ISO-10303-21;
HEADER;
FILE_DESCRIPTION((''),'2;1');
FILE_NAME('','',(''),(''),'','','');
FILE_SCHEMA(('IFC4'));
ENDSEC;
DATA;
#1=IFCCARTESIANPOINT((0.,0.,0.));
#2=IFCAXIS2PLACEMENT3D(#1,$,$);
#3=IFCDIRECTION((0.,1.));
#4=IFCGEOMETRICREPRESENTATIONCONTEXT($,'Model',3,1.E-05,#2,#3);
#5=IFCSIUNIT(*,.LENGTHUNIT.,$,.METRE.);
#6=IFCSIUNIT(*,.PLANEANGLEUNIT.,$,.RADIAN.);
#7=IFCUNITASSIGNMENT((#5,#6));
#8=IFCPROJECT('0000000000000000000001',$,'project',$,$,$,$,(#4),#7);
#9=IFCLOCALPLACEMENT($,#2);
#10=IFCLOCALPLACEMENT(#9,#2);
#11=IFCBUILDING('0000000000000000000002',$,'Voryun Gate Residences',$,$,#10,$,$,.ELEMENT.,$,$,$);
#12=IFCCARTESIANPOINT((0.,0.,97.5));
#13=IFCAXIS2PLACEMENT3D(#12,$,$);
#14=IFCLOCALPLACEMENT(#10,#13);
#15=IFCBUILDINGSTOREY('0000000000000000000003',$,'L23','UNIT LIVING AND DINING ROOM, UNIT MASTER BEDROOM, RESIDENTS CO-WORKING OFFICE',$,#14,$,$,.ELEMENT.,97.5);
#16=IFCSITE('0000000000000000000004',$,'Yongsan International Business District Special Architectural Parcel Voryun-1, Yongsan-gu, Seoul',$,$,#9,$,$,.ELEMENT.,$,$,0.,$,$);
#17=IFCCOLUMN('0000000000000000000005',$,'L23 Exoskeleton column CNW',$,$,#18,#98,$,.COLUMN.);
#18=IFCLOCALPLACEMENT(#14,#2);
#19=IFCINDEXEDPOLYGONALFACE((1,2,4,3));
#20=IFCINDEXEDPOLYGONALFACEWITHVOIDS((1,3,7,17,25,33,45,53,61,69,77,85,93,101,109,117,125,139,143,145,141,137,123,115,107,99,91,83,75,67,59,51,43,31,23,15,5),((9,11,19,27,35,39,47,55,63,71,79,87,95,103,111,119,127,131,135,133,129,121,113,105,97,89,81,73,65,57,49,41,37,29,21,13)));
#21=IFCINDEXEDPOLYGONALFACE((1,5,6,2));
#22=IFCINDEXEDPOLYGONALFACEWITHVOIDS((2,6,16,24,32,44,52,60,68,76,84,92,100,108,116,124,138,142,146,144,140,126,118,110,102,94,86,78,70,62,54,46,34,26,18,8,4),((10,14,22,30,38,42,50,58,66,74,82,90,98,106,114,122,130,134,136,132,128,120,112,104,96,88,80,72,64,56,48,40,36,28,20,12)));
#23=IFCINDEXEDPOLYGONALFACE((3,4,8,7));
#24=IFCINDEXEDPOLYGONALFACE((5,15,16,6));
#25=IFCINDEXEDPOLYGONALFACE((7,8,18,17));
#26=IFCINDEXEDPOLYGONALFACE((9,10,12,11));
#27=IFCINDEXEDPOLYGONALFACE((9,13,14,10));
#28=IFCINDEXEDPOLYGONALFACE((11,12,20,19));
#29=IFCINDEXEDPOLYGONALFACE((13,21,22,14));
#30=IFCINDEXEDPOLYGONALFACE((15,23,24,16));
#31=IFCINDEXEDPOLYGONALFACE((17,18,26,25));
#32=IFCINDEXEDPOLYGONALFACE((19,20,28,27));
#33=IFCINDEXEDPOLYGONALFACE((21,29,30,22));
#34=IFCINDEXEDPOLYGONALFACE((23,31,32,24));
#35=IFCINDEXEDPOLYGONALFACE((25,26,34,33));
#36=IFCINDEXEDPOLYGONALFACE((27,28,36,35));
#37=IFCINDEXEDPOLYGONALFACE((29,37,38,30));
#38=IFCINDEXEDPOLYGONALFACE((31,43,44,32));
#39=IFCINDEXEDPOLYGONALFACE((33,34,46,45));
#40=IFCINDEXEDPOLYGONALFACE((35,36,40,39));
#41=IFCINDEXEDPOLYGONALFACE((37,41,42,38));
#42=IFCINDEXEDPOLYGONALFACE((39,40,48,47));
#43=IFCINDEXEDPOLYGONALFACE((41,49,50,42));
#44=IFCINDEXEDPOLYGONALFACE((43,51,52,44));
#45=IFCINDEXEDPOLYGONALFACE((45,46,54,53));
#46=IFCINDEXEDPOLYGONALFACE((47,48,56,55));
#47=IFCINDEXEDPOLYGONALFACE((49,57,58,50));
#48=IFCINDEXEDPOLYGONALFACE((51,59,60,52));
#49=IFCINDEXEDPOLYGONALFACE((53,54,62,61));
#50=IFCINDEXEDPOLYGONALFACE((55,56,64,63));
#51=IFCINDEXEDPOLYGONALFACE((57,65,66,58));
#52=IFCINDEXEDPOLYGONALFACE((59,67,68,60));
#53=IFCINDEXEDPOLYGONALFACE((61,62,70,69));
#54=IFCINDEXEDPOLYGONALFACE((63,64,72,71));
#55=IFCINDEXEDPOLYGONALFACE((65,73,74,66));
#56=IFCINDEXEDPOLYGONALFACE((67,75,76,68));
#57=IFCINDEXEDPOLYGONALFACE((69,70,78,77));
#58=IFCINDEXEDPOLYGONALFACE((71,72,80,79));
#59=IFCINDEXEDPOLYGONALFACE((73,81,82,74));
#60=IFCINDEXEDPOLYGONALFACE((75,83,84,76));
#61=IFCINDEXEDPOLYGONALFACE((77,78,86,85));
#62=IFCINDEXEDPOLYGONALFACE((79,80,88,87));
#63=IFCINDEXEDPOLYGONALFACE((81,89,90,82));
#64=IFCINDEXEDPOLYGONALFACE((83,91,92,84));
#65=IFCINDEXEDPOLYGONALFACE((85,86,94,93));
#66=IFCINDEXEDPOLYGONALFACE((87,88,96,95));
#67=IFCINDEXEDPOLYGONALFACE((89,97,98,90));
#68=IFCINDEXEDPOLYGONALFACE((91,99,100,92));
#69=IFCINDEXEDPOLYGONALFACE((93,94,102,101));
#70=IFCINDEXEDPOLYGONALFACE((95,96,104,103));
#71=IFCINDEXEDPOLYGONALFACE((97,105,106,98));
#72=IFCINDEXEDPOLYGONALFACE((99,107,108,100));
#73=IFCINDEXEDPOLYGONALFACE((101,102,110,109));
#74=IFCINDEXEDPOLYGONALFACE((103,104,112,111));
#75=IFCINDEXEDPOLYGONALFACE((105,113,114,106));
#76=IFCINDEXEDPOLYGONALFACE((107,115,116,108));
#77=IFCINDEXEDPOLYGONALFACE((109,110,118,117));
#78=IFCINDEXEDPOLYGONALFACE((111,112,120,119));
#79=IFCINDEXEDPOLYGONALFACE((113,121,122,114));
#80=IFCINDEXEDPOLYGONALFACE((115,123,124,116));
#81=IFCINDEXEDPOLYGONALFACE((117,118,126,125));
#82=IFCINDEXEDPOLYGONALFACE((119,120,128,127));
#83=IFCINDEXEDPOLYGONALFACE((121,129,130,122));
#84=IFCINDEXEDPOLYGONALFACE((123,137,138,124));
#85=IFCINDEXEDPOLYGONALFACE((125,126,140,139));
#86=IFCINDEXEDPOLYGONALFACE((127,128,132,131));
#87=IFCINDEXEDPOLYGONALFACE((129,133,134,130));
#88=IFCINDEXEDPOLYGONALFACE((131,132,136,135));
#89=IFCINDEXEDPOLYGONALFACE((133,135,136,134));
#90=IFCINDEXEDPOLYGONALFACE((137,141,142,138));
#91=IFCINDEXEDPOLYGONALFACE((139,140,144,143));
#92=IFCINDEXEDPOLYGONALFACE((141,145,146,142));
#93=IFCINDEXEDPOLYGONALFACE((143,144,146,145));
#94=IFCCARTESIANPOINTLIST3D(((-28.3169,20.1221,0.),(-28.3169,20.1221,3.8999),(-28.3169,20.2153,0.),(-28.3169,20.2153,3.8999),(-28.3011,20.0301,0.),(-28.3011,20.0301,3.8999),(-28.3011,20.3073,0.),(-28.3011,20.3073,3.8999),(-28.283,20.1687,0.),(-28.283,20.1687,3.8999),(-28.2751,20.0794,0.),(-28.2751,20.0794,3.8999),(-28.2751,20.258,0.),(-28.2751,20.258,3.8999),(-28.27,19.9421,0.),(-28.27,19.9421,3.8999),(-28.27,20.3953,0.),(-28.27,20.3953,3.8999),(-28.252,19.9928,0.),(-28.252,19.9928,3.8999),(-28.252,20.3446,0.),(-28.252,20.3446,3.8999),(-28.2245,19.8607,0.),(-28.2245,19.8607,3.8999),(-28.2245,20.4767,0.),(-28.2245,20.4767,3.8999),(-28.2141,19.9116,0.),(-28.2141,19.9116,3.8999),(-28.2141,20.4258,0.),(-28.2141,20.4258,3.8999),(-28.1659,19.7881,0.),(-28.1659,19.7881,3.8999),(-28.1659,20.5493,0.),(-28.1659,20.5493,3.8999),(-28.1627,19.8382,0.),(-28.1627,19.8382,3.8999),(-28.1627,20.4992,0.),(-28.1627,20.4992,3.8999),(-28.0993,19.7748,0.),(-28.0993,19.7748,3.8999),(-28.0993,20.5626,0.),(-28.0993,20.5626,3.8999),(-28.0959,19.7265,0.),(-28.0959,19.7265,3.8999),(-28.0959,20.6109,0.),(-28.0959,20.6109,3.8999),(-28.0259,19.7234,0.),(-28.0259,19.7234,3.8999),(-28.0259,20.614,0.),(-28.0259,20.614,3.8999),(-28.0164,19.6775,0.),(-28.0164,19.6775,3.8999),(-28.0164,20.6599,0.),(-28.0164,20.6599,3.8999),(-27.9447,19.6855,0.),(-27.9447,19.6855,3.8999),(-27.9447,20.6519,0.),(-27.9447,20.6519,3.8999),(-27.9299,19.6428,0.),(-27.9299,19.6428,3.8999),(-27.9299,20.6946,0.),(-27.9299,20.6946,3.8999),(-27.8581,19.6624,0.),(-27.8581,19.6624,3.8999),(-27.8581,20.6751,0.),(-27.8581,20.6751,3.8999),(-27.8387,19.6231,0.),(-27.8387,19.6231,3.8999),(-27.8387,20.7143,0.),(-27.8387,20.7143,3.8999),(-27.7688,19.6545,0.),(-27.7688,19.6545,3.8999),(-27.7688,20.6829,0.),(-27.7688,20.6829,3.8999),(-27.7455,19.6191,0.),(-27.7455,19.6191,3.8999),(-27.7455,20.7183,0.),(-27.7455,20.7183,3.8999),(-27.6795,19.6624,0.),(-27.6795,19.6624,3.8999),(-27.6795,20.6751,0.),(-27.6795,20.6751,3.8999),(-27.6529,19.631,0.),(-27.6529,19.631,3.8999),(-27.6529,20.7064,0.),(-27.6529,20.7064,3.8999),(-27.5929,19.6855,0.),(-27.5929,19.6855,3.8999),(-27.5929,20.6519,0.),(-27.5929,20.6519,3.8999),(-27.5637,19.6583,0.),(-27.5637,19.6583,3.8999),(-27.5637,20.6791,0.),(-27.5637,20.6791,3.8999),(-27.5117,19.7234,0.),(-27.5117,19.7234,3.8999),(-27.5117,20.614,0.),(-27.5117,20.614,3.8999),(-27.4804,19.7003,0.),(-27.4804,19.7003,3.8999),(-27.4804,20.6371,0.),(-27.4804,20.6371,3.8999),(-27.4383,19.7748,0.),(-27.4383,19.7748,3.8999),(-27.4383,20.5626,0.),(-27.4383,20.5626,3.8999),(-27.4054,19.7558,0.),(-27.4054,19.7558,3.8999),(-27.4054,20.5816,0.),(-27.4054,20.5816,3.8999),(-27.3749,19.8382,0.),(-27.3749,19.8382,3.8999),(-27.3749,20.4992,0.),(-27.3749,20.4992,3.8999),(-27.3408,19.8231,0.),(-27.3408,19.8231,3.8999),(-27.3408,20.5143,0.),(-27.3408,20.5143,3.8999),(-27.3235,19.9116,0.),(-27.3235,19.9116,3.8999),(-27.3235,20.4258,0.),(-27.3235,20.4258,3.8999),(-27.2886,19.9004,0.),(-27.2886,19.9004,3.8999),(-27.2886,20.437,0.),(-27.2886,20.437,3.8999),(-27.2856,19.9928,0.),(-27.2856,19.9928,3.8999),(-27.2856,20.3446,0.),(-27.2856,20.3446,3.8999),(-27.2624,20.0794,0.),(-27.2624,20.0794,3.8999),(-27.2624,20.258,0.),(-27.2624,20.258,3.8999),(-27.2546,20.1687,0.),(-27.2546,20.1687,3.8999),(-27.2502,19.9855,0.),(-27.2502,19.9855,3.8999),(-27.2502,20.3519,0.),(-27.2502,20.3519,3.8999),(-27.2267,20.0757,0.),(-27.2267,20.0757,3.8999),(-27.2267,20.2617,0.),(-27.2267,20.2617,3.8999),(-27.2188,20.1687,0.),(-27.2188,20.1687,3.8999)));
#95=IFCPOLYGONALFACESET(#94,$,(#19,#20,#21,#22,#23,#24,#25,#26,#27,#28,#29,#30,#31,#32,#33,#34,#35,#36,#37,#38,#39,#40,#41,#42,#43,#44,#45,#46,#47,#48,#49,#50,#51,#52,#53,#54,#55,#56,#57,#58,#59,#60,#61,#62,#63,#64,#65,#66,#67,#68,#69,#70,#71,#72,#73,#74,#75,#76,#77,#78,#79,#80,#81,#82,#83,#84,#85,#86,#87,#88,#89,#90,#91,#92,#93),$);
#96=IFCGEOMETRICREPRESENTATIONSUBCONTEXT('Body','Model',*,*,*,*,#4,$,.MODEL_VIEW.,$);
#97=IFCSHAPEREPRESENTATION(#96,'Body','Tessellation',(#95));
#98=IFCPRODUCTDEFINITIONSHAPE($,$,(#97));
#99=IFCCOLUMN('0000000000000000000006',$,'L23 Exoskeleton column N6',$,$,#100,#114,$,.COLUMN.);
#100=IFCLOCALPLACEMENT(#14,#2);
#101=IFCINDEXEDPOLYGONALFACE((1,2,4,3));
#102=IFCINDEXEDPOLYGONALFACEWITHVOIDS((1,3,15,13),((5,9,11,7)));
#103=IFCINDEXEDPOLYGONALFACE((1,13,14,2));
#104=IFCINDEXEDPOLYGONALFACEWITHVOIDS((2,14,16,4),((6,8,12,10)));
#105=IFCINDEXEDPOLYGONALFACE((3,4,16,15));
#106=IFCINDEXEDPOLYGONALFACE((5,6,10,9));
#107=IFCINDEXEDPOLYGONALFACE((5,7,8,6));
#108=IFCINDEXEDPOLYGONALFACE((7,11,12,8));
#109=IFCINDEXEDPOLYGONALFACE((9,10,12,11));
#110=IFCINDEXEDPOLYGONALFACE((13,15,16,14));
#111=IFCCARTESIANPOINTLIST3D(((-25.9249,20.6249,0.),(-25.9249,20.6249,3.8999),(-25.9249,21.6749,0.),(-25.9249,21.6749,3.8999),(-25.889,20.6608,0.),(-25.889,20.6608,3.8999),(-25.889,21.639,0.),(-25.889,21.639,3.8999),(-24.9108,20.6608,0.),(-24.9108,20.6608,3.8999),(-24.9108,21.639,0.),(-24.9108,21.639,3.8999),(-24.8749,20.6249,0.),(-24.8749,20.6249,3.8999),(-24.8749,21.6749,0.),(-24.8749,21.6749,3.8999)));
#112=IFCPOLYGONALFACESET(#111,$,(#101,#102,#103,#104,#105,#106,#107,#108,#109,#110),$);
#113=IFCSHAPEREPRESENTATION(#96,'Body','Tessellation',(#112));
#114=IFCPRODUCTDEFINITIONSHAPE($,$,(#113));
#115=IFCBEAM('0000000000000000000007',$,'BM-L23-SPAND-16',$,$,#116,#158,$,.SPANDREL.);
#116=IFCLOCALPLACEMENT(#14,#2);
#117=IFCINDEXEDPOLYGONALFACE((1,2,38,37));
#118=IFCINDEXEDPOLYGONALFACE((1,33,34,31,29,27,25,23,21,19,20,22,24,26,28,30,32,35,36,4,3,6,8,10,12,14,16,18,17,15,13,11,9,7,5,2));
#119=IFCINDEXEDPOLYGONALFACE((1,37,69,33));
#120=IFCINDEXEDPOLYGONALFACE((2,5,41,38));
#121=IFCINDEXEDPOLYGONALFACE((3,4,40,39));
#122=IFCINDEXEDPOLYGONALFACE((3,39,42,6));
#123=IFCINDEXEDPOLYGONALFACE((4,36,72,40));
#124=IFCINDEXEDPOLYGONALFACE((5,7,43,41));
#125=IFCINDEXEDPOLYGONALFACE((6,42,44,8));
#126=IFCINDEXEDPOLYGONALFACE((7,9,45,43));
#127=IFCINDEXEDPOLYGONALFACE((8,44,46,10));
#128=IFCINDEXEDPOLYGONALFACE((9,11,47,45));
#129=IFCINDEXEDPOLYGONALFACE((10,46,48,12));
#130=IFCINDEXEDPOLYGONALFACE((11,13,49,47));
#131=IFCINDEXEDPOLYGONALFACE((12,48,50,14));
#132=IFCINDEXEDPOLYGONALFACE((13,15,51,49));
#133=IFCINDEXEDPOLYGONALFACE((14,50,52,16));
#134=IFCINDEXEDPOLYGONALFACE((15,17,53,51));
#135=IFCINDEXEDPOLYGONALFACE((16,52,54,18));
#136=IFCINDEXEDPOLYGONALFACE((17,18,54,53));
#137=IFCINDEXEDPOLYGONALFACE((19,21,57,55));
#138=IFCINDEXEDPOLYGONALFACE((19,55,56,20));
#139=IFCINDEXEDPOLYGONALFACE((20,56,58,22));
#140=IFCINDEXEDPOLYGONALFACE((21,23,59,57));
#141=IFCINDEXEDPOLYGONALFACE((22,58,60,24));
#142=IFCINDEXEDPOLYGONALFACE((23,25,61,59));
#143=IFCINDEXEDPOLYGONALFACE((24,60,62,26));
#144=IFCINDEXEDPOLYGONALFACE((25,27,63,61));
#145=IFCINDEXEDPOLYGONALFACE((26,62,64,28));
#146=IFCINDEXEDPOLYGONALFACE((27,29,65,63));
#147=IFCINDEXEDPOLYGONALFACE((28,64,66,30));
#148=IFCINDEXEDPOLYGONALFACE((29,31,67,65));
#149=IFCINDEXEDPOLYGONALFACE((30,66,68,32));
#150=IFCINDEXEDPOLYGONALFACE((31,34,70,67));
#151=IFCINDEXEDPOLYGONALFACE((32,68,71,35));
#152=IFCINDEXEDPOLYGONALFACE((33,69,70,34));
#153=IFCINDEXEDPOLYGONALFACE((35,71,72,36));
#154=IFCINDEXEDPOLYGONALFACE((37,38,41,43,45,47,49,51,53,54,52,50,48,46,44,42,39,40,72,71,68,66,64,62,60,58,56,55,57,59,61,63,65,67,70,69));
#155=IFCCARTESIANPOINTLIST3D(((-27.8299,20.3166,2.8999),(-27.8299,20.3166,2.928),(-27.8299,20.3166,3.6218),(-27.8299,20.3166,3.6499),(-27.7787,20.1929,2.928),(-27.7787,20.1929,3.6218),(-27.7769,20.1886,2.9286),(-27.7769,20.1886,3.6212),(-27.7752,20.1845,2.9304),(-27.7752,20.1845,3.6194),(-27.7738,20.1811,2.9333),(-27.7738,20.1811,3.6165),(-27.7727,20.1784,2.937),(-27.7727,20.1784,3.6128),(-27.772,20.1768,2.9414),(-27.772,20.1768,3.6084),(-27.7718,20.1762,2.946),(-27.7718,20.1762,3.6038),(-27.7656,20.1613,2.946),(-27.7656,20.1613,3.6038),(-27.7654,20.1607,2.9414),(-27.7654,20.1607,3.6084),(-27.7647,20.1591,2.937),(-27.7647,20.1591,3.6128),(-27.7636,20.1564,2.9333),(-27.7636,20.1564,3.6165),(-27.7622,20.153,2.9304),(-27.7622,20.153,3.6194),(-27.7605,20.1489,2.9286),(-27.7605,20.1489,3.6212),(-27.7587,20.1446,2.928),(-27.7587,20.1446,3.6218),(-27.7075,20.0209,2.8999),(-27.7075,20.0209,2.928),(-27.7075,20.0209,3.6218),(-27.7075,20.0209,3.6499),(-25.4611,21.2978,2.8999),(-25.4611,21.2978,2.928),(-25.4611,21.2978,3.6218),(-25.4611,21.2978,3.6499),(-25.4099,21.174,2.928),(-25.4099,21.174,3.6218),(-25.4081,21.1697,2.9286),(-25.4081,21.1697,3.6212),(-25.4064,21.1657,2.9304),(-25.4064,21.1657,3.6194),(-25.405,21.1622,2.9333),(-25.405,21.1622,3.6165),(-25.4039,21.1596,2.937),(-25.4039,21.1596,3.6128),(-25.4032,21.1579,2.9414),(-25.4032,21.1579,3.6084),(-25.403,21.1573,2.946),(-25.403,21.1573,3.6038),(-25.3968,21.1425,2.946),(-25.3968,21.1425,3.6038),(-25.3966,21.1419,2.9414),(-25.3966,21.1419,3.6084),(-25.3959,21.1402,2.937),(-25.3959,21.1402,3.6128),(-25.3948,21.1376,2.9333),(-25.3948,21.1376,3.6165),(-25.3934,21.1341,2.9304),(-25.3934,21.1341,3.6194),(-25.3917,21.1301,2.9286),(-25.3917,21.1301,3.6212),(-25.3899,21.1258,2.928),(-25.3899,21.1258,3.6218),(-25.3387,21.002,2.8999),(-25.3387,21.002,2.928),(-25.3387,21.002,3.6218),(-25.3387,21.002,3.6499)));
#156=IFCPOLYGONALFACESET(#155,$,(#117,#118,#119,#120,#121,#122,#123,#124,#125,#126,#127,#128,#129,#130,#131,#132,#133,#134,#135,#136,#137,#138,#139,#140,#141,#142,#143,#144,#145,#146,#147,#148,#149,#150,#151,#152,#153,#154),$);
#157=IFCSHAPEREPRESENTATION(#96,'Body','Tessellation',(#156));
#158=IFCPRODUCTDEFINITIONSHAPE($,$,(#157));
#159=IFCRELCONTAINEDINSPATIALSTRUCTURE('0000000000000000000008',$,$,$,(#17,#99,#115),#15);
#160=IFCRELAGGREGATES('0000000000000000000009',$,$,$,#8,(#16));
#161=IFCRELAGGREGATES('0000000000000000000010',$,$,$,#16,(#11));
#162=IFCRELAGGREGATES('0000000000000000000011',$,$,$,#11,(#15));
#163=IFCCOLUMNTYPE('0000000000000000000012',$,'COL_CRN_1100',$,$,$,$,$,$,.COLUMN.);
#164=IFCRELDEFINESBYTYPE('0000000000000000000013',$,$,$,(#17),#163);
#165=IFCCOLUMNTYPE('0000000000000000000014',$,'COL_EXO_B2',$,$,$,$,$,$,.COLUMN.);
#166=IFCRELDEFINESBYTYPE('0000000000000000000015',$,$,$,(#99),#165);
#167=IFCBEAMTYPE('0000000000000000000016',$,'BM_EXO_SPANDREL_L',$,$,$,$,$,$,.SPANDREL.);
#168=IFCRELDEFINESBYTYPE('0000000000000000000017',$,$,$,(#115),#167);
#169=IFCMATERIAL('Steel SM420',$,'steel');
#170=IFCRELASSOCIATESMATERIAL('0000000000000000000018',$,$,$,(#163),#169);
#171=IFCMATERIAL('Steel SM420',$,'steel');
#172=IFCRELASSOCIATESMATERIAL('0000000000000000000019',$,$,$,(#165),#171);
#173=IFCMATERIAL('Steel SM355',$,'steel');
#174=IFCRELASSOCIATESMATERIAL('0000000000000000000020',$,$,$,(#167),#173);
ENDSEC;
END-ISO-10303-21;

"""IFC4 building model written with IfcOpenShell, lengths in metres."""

from ifc_helpers import new_model, si_unit, direction, frame, origin, origin_2d, place, context, subcontext, project, spatial, hollow_rectangle, hollow_circle, i_section, extrude, material, material_profile, profile_set, type_object, element, save


model = new_model("IFC4")

# Units and contexts
model_context = context("Model", 3, precision=1e-05, world=origin(), true_north=direction((0.0, 1.0)))
body_context = subcontext(model_context, "Body", "Model", "MODEL_VIEW")
ifc_project = project(units=[si_unit("LENGTHUNIT", "METRE"), si_unit("PLANEANGLEUNIT", "RADIAN")], contexts=[model_context])

# Site, building, storey
site_placement = place(None, origin())
site = spatial("IfcSite", under=ifc_project, at=site_placement, Name="Yongsan International Business District Special Architectural Parcel Voryun-1, Yongsan-gu, Seoul", CompositionType="ELEMENT", RefElevation=0.0)
building_placement = place(site_placement, origin())
building = spatial("IfcBuilding", under=site, at=building_placement, Name="Voryun Gate Residences", CompositionType="ELEMENT")
storey_placement = place(building_placement, frame((0.0, 0.0, 97.5)))
storey = spatial("IfcBuildingStorey", under=building, at=storey_placement, Name="L23", Description="UNIT LIVING AND DINING ROOM, UNIT MASTER BEDROOM, RESIDENTS CO-WORKING OFFICE", CompositionType="ELEMENT", Elevation=97.5)

# Columns
ifc_material_1 = material(Name="Steel SM420", Category="steel")
ifc_material_profile_1 = material_profile(ifc_material_1, hollow_circle(Radius=0.55, WallThickness=0.0359, at=origin_2d()), Name="CHS-1100x36")
ifc_profile_set_1 = profile_set([ifc_material_profile_1], Name="Steel SM420")
column_type_1 = type_object("IfcColumnType", Name="COL_CRN_1100", PredefinedType="COLUMN", material=ifc_profile_set_1)
column_1_placement = place(storey_placement, frame((-27.7688, 20.1687, 0.0), z_axis=(0.0, 0.0, 1.0), x_axis=(1.0, 0.0, 0.0)))
element("IfcColumn", 1, at=column_1_placement, inside=storey, type_object=column_type_1, Name="L23 Exoskeleton column CNW", PredefinedType="COLUMN", context=body_context, shape_type="SweptSolid", body=[
    extrude(hollow_circle(Radius=0.55, WallThickness=0.0359, at=origin_2d()), origin(), (0.0, 0.0, 1.0), 3.8999),
])
ifc_material_2 = material(Name="Steel SM420", Category="steel")
ifc_material_profile_2 = material_profile(ifc_material_2, hollow_rectangle(XDim=1.05, YDim=1.05, WallThickness=0.0359, at=origin_2d()), Name="BOX-1050x1050x36")
ifc_profile_set_2 = profile_set([ifc_material_profile_2], Name="Steel SM420")
column_type_2 = type_object("IfcColumnType", Name="COL_EXO_B2", PredefinedType="COLUMN", material=ifc_profile_set_2)
column_2_placement = place(storey_placement, frame((-25.3999, 21.1499, 0.0), z_axis=(0.0, 0.0, 1.0), x_axis=(1.0, 0.0, 0.0)))
element("IfcColumn", 2, at=column_2_placement, inside=storey, type_object=column_type_2, Name="L23 Exoskeleton column N6", PredefinedType="COLUMN", context=body_context, shape_type="SweptSolid", body=[
    extrude(hollow_rectangle(XDim=1.05, YDim=1.05, WallThickness=0.0359, at=origin_2d()), origin(), (0.0, 0.0, 1.0), 3.8999),
])

# Beam
ifc_material_3 = material(Name="Steel SM355", Category="steel")
ifc_material_profile_3 = material_profile(ifc_material_3, i_section(OverallWidth=0.3201, OverallDepth=0.75, WebThickness=0.0161, FlangeThickness=0.0281, FilletRadius=0.0181, at=origin_2d()), Name="H-750x320x16x28")
ifc_profile_set_3 = profile_set([ifc_material_profile_3], Name="Steel SM355")
beam_type = type_object("IfcBeamType", Name="BM_EXO_SPANDREL_L", PredefinedType="SPANDREL", material=ifc_profile_set_3)
beam_1_placement = place(storey_placement, frame((-25.3999, 21.1499, 3.2749), z_axis=(-0.923883, -0.382674, 0.0), x_axis=(0.382674, -0.923883, 0.0)))
element("IfcBeam", 3, at=beam_1_placement, inside=storey, type_object=beam_type, Name="BM-L23-SPAND-16", PredefinedType="SPANDREL", context=body_context, shape_type="SweptSolid", body=[
    extrude(i_section(OverallWidth=0.3201, OverallDepth=0.75, WebThickness=0.0161, FlangeThickness=0.0281, FilletRadius=0.0181, at=origin_2d()), origin(), (0.0, 0.0, 1.0), 2.564),
])

save(model, "model.ifc")
